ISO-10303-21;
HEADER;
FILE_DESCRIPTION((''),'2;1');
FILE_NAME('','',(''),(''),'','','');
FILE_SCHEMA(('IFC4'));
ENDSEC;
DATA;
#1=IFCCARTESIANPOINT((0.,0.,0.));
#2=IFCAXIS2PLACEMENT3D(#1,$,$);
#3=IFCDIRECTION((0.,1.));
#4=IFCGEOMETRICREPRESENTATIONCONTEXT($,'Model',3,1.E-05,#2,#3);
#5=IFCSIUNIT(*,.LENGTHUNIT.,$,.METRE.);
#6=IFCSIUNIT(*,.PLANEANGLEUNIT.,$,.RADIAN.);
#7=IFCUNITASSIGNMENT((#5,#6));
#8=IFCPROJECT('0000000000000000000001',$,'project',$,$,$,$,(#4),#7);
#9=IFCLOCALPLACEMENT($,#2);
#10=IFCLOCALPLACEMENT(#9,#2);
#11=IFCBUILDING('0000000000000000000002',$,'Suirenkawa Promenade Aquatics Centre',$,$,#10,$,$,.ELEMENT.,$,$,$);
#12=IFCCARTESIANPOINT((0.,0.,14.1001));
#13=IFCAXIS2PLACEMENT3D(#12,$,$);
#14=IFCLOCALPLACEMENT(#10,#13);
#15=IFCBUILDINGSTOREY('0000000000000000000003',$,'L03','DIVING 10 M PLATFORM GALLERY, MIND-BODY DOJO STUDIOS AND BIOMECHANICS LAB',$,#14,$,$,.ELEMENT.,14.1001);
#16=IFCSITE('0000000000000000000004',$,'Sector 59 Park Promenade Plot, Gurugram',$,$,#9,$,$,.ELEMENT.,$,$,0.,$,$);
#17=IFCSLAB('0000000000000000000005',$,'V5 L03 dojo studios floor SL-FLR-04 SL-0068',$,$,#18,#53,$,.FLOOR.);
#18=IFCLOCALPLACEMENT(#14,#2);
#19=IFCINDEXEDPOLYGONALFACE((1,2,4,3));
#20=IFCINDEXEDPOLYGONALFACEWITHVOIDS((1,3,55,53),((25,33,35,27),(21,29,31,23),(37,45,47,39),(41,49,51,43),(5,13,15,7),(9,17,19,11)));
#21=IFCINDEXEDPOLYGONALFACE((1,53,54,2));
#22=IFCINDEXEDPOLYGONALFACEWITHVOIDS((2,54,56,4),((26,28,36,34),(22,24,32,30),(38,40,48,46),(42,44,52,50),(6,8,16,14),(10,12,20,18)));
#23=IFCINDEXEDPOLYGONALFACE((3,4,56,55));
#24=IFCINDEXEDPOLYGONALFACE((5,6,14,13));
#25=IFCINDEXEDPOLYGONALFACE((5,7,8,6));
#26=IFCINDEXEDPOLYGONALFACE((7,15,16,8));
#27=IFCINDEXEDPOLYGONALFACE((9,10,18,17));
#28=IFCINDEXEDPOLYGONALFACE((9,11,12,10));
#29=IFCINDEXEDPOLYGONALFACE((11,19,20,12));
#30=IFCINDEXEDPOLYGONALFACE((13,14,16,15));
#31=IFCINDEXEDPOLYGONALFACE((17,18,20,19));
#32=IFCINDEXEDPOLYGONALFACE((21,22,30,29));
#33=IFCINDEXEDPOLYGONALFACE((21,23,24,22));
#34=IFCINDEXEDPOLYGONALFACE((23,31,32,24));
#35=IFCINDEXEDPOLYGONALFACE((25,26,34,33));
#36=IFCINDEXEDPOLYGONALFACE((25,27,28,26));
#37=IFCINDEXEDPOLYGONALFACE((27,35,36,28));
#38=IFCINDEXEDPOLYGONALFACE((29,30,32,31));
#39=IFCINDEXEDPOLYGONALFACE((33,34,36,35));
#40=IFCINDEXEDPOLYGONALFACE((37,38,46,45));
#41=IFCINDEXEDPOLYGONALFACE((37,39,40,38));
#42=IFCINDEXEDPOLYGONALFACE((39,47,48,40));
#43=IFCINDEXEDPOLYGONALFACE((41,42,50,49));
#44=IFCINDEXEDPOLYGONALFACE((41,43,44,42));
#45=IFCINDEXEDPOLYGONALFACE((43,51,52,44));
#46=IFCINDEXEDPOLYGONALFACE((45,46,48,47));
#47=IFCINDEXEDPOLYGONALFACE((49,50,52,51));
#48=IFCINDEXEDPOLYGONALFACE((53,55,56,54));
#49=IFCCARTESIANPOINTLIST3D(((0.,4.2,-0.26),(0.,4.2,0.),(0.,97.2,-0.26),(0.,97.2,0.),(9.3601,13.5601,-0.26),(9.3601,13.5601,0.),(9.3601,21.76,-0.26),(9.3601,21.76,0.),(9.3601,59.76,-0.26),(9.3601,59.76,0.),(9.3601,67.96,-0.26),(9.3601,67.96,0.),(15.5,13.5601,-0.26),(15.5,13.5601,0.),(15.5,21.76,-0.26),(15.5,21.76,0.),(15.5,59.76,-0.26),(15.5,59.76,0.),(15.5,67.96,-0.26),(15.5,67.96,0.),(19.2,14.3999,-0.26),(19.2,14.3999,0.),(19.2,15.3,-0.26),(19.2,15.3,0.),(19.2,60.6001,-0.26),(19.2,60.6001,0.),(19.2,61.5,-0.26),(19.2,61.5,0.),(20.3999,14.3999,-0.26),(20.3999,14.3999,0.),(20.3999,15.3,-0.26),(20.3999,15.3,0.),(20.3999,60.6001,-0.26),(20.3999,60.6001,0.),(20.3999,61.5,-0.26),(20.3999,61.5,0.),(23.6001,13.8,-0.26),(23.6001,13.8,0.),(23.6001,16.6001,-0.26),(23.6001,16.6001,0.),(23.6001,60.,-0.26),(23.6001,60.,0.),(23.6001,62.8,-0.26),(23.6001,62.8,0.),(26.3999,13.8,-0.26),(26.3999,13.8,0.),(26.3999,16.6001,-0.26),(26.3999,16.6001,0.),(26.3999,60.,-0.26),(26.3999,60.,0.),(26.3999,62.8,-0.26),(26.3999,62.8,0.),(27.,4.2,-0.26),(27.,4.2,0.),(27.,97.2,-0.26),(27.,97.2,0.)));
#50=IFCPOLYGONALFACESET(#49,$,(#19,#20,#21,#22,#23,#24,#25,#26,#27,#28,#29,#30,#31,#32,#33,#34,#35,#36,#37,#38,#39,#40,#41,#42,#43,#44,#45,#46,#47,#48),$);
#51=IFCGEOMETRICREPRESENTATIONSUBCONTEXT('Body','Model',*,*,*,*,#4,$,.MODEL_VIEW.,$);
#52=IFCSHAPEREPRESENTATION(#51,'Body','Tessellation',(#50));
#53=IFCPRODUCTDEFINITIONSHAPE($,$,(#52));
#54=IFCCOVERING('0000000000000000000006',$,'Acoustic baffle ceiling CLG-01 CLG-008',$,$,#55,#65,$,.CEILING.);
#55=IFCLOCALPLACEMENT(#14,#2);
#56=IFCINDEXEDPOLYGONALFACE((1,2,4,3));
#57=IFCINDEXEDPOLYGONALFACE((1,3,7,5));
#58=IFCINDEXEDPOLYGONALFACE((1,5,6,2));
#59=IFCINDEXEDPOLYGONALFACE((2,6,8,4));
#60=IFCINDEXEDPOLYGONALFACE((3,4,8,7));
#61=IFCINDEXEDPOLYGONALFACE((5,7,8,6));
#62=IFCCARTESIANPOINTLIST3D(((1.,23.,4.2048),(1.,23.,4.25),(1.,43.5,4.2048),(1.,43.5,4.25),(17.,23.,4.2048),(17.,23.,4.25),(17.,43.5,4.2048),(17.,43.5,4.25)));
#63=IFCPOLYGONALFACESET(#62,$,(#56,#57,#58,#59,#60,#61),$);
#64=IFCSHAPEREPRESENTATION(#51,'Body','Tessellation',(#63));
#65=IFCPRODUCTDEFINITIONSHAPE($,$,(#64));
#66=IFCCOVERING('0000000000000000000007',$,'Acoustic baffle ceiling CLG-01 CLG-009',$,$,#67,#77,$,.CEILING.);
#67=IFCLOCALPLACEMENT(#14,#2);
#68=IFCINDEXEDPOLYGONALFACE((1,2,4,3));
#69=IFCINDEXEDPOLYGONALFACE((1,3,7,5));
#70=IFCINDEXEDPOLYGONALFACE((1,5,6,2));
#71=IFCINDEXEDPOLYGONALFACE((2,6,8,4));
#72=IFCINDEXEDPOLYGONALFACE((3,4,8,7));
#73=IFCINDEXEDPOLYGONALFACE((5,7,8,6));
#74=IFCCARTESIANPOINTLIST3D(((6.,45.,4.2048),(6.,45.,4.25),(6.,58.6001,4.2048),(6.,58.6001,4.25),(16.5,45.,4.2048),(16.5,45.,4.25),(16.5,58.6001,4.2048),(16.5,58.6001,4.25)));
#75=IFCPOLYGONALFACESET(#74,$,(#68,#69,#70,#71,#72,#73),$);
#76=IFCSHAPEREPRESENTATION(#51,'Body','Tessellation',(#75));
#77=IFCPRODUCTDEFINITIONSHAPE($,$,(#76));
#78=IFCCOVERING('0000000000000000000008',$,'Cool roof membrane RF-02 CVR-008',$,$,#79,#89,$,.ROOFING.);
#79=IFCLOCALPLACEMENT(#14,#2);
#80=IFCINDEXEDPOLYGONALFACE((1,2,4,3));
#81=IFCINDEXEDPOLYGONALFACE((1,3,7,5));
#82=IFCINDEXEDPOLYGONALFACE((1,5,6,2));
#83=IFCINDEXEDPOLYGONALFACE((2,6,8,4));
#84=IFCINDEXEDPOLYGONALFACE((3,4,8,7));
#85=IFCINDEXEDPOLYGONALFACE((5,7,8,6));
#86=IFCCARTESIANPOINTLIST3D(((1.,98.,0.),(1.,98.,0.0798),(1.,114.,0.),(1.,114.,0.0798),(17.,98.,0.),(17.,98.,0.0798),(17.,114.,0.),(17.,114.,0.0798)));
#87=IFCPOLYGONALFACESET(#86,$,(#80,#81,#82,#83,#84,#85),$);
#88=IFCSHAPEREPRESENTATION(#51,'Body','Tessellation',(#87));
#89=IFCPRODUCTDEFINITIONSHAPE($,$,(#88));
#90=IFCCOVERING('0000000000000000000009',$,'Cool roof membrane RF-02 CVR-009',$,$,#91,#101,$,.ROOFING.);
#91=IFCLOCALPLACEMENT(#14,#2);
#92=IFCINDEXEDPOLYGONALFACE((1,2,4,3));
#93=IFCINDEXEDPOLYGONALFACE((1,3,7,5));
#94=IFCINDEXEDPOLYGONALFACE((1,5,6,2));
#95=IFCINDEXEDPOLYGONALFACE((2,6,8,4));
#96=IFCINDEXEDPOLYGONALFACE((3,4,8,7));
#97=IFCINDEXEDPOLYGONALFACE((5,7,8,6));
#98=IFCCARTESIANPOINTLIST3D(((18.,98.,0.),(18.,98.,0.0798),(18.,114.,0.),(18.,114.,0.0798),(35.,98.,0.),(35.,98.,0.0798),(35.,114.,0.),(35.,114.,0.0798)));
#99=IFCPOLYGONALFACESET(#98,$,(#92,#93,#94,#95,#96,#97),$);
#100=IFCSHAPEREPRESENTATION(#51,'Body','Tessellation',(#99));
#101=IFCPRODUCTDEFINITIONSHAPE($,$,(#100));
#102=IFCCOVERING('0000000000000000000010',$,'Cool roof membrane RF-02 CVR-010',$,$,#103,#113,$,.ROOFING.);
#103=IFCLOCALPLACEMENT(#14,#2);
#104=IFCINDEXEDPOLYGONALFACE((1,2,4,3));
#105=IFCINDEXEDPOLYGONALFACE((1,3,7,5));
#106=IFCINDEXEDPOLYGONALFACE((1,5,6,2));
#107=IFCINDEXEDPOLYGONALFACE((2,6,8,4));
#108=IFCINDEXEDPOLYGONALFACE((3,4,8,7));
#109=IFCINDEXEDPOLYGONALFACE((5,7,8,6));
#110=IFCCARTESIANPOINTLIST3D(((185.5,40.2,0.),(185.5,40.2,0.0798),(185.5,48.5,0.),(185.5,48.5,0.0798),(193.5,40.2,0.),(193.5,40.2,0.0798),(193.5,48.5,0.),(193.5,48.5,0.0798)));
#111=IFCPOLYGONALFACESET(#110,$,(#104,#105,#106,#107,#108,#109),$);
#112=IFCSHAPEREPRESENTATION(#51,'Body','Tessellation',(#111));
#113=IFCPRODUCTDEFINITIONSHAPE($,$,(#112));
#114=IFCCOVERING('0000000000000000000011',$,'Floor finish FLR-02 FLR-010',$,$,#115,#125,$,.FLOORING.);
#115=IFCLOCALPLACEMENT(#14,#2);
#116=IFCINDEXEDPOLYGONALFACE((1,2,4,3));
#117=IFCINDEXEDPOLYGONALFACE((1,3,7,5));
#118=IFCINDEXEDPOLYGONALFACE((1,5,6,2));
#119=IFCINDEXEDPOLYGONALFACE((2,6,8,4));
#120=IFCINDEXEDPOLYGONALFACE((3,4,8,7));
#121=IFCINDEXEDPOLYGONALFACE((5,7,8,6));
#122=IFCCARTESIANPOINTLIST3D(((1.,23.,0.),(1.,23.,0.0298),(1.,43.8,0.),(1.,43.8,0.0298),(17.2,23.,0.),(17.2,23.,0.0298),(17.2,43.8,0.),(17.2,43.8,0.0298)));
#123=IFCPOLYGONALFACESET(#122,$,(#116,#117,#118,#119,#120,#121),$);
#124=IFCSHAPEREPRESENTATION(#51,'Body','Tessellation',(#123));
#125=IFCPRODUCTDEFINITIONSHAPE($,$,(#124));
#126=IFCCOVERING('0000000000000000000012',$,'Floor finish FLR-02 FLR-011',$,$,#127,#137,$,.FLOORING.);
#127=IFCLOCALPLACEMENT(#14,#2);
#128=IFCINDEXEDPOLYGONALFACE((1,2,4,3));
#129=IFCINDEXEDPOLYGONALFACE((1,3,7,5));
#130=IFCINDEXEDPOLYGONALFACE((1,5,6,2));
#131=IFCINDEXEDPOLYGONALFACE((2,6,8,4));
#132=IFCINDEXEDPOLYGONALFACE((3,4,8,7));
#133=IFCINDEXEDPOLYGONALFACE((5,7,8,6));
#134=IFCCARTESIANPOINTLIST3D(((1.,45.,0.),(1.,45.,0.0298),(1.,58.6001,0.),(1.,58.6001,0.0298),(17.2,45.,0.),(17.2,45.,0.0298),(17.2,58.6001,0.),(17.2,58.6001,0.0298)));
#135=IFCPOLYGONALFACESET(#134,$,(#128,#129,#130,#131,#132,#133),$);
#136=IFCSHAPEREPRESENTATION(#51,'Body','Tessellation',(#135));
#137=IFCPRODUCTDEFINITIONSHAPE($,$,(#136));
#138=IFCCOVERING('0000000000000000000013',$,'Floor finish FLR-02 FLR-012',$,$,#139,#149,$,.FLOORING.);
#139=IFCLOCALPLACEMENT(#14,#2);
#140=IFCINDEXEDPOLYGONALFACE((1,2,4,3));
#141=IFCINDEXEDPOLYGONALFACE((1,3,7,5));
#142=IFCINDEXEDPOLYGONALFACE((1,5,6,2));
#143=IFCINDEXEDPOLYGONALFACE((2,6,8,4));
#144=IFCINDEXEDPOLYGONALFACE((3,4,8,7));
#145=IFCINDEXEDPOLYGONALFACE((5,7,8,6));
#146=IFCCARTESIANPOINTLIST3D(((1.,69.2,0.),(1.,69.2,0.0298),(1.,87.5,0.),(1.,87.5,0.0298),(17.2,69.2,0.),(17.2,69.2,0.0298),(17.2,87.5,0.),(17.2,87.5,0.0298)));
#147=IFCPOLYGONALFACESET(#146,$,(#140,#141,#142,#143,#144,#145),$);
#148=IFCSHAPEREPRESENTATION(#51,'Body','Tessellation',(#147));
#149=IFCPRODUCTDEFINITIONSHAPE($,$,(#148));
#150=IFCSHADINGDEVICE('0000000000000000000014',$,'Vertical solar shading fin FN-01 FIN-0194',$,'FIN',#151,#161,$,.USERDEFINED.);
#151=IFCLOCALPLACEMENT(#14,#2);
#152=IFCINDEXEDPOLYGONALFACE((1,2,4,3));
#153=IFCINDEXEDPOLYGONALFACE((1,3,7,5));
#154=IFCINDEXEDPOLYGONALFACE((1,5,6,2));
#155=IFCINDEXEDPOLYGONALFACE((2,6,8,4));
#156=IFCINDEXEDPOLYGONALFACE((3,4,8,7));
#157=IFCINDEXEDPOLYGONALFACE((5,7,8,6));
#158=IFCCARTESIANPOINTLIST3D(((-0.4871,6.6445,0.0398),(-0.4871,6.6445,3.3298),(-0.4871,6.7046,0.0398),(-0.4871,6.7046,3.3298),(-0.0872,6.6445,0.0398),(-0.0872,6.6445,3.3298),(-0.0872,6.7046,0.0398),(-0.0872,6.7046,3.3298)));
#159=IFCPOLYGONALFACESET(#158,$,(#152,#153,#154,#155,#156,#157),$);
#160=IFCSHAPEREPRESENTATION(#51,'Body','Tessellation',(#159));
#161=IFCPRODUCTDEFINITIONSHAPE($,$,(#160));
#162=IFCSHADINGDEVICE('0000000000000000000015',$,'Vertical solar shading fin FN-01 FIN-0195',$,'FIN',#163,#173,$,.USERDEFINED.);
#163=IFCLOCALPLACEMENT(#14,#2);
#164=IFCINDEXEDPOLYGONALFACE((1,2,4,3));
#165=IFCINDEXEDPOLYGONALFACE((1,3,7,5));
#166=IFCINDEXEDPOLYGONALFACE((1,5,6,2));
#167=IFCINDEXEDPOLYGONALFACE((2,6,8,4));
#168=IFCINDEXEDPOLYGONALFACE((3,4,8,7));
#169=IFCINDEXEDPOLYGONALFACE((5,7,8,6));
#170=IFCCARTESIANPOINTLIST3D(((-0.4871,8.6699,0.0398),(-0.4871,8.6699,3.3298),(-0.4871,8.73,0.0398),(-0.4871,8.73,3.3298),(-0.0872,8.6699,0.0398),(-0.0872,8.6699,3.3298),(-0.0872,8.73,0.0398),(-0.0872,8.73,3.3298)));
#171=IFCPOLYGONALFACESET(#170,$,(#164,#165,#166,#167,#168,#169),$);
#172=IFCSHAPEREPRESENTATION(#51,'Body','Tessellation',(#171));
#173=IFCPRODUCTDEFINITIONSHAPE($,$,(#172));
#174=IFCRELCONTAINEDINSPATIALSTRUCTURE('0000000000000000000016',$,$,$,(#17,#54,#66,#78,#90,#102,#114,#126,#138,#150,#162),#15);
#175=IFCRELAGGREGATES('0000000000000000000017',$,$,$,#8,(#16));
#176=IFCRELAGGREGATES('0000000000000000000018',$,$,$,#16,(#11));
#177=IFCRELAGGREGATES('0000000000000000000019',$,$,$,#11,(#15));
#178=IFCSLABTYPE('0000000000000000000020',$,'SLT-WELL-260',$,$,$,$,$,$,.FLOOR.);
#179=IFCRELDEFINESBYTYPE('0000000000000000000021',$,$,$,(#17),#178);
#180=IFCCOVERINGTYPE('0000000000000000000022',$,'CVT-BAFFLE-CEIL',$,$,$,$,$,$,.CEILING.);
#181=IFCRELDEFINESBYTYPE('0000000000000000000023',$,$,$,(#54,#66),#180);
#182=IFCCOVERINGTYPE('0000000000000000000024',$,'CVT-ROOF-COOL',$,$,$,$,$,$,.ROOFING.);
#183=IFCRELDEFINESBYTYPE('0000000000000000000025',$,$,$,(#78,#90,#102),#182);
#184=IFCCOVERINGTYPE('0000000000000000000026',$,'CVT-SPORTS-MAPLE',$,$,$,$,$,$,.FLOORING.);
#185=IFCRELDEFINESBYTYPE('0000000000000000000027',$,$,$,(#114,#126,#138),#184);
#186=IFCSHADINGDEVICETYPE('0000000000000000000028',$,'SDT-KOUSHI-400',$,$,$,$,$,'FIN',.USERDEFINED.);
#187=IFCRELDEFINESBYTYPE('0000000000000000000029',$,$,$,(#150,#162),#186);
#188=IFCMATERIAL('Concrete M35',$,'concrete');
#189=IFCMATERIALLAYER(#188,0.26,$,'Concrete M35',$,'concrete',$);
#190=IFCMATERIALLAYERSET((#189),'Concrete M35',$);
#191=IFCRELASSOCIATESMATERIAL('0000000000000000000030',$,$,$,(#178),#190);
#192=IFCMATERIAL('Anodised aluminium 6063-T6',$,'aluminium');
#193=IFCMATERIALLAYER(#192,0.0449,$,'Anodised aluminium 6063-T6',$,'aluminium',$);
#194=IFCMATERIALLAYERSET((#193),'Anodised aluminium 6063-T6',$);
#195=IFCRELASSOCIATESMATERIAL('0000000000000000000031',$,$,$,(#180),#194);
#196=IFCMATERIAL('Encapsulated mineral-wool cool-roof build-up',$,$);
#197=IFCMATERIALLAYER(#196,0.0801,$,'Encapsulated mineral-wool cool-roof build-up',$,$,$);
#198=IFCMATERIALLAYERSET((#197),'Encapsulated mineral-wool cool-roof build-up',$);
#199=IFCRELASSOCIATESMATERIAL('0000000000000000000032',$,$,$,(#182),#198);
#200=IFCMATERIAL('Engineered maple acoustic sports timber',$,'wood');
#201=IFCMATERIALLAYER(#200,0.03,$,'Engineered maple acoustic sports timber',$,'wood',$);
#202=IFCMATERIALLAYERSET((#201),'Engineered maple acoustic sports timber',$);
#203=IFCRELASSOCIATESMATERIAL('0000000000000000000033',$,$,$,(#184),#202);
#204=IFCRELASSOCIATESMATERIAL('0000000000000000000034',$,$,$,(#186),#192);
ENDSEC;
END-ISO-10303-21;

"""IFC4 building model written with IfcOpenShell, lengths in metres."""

from ifc_helpers import new_model, si_unit, direction, frame, origin, origin_2d, place, context, subcontext, project, spatial, polyline, rectangle, outline, extrude, material, layer, layer_set, type_object, element, save


model = new_model("IFC4")

# Units and contexts
model_context = context("Model", 3, precision=1e-05, world=origin(), true_north=direction((0.0, 1.0)))
body_context = subcontext(model_context, "Body", "Model", "MODEL_VIEW")
ifc_project = project(units=[si_unit("LENGTHUNIT", "METRE"), si_unit("PLANEANGLEUNIT", "RADIAN")], contexts=[model_context])

# Site, building, storey
site_placement = place(None, origin())
site = spatial("IfcSite", under=ifc_project, at=site_placement, Name="Sector 59 Park Promenade Plot, Gurugram", CompositionType="ELEMENT", RefElevation=0.0)
building_placement = place(site_placement, origin())
building = spatial("IfcBuilding", under=site, at=building_placement, Name="Suirenkawa Promenade Aquatics Centre", CompositionType="ELEMENT")
storey_placement = place(building_placement, frame((0.0, 0.0, 14.1001)))
storey = spatial("IfcBuildingStorey", under=building, at=storey_placement, Name="L03", Description="DIVING 10 M PLATFORM GALLERY, MIND-BODY DOJO STUDIOS AND BIOMECHANICS LAB", CompositionType="ELEMENT", Elevation=14.1001)

# Slab
ifc_material_1 = material(Name="Concrete M35", Category="concrete")
ifc_layer_1 = layer(ifc_material_1, 0.26, Name="Concrete M35", Category="concrete")
ifc_layer_set_1 = layer_set([ifc_layer_1], Name="Concrete M35")
slab_type_1 = type_object("IfcSlabType", Name="SLT-WELL-260", PredefinedType="FLOOR", material=ifc_layer_set_1)
slab_1_placement = place(storey_placement, frame((0.0, 0.0, -0.26)))
element("IfcSlab", 1, at=slab_1_placement, inside=storey, type_object=slab_type_1, Name="V5 L03 dojo studios floor SL-FLR-04 SL-0068", PredefinedType="FLOOR", context=body_context, shape_type="SweptSolid", body=[
    extrude(outline(polyline([(0.0, 4.2), (27.0, 4.2), (27.0, 97.2), (0.0, 97.2), (0.0, 4.2)]), holes=[polyline([(9.3601, 13.5601), (15.5, 13.5601), (15.5, 21.76), (9.3601, 21.76), (9.3601, 13.5601)]), polyline([(23.6001, 13.8), (26.3999, 13.8), (26.3999, 16.6001), (23.6001, 16.6001), (23.6001, 13.8)]), polyline([(9.3601, 59.76), (15.5, 59.76), (15.5, 67.96), (9.3601, 67.96), (9.3601, 59.76)]), polyline([(23.6001, 60.0), (26.3999, 60.0), (26.3999, 62.8), (23.6001, 62.8), (23.6001, 60.0)]), polyline([(19.2, 14.3999), (20.3999, 14.3999), (20.3999, 15.3), (19.2, 15.3), (19.2, 14.3999)]), polyline([(19.2, 60.6001), (20.3999, 60.6001), (20.3999, 61.5), (19.2, 61.5), (19.2, 60.6001)])]), origin(), (0.0, 0.0, 1.0), 0.26),
])

# Coverings
ifc_material_2 = material(Name="Anodised aluminium 6063-T6", Category="aluminium")
ifc_layer_2 = layer(ifc_material_2, 0.0449, Name="Anodised aluminium 6063-T6", Category="aluminium")
ifc_layer_set_2 = layer_set([ifc_layer_2], Name="Anodised aluminium 6063-T6")
covering_type_1 = type_object("IfcCoveringType", Name="CVT-BAFFLE-CEIL", PredefinedType="CEILING", material=ifc_layer_set_2)
covering_1_placement = place(storey_placement, frame((0.0, 0.0, 4.2048)))
element("IfcCovering", 2, at=covering_1_placement, inside=storey, type_object=covering_type_1, Name="Acoustic baffle ceiling CLG-01 CLG-008", PredefinedType="CEILING", context=body_context, shape_type="SweptSolid", body=[
    extrude(outline(polyline([(1.0, 23.0), (17.0, 23.0), (17.0, 43.5), (1.0, 43.5), (1.0, 23.0)])), origin(), (0.0, 0.0, 1.0), 0.0452),
])
covering_2_placement = place(storey_placement, frame((0.0, 0.0, 4.2048)))
element("IfcCovering", 3, at=covering_2_placement, inside=storey, type_object=covering_type_1, Name="Acoustic baffle ceiling CLG-01 CLG-009", PredefinedType="CEILING", context=body_context, shape_type="SweptSolid", body=[
    extrude(outline(polyline([(6.0, 45.0), (16.5, 45.0), (16.5, 58.6001), (6.0, 58.6001), (6.0, 45.0)])), origin(), (0.0, 0.0, 1.0), 0.0452),
])
ifc_material_3 = material(Name="Encapsulated mineral-wool cool-roof build-up")
ifc_layer_3 = layer(ifc_material_3, 0.0801, Name="Encapsulated mineral-wool cool-roof build-up")
ifc_layer_set_3 = layer_set([ifc_layer_3], Name="Encapsulated mineral-wool cool-roof build-up")
covering_type_2 = type_object("IfcCoveringType", Name="CVT-ROOF-COOL", PredefinedType="ROOFING", material=ifc_layer_set_3)
covering_3_placement = place(storey_placement, origin())
element("IfcCovering", 4, at=covering_3_placement, inside=storey, type_object=covering_type_2, Name="Cool roof membrane RF-02 CVR-008", PredefinedType="ROOFING", context=body_context, shape_type="SweptSolid", body=[
    extrude(outline(polyline([(1.0, 98.0), (17.0, 98.0), (17.0, 114.0), (1.0, 114.0), (1.0, 98.0)])), origin(), (0.0, 0.0, 1.0), 0.0798),
])
covering_4_placement = place(storey_placement, origin())
element("IfcCovering", 5, at=covering_4_placement, inside=storey, type_object=covering_type_2, Name="Cool roof membrane RF-02 CVR-009", PredefinedType="ROOFING", context=body_context, shape_type="SweptSolid", body=[
    extrude(outline(polyline([(18.0, 98.0), (35.0, 98.0), (35.0, 114.0), (18.0, 114.0), (18.0, 98.0)])), origin(), (0.0, 0.0, 1.0), 0.0798),
])
covering_5_placement = place(storey_placement, origin())
element("IfcCovering", 6, at=covering_5_placement, inside=storey, type_object=covering_type_2, Name="Cool roof membrane RF-02 CVR-010", PredefinedType="ROOFING", context=body_context, shape_type="SweptSolid", body=[
    extrude(outline(polyline([(185.5, 40.2), (193.5, 40.2), (193.5, 48.5), (185.5, 48.5), (185.5, 40.2)])), origin(), (0.0, 0.0, 1.0), 0.0798),
])
ifc_material_4 = material(Name="Engineered maple acoustic sports timber", Category="wood")
ifc_layer_4 = layer(ifc_material_4, 0.03, Name="Engineered maple acoustic sports timber", Category="wood")
ifc_layer_set_4 = layer_set([ifc_layer_4], Name="Engineered maple acoustic sports timber")
covering_type_3 = type_object("IfcCoveringType", Name="CVT-SPORTS-MAPLE", PredefinedType="FLOORING", material=ifc_layer_set_4)
covering_6_placement = place(storey_placement, origin())
element("IfcCovering", 7, at=covering_6_placement, inside=storey, type_object=covering_type_3, Name="Floor finish FLR-02 FLR-010", PredefinedType="FLOORING", context=body_context, shape_type="SweptSolid", body=[
    extrude(outline(polyline([(1.0, 23.0), (17.2, 23.0), (17.2, 43.8), (1.0, 43.8), (1.0, 23.0)])), origin(), (0.0, 0.0, 1.0), 0.0298),
])
covering_7_placement = place(storey_placement, origin())
element("IfcCovering", 8, at=covering_7_placement, inside=storey, type_object=covering_type_3, Name="Floor finish FLR-02 FLR-011", PredefinedType="FLOORING", context=body_context, shape_type="SweptSolid", body=[
    extrude(outline(polyline([(1.0, 45.0), (17.2, 45.0), (17.2, 58.6001), (1.0, 58.6001), (1.0, 45.0)])), origin(), (0.0, 0.0, 1.0), 0.0298),
])
covering_8_placement = place(storey_placement, origin())
element("IfcCovering", 9, at=covering_8_placement, inside=storey, type_object=covering_type_3, Name="Floor finish FLR-02 FLR-012", PredefinedType="FLOORING", context=body_context, shape_type="SweptSolid", body=[
    extrude(outline(polyline([(1.0, 69.2), (17.2, 69.2), (17.2, 87.5), (1.0, 87.5), (1.0, 69.2)])), origin(), (0.0, 0.0, 1.0), 0.0298),
])

# Shading devices
shading_device_type = type_object("IfcShadingDeviceType", Name="SDT-KOUSHI-400", ElementType="FIN", PredefinedType="USERDEFINED", material=ifc_material_2)
for number, where, z_axis, x_axis, name in (
    (10, (-0.2871, 6.6746, 0.0398), (0.0, 0.0, 1.0), (-1.0, 0.0, 0.0), "Vertical solar shading fin FN-01 FIN-0194"),
    (11, (-0.2871, 8.7, 0.0398), (0.0, 0.0, 1.0), (-1.0, 0.0, 0.0), "Vertical solar shading fin FN-01 FIN-0195"),
):
    element("IfcShadingDevice", number, at=place(storey_placement, frame(where, z_axis=z_axis, x_axis=x_axis)), inside=storey, type_object=shading_device_type, Name=name, ObjectType="FIN", PredefinedType="USERDEFINED", context=body_context, shape_type="SweptSolid", body=[
        extrude(rectangle(XDim=0.3999, YDim=0.0601, at=origin_2d()), origin(), (0.0, 0.0, 1.0), 3.29),
    ])

save(model, "model.ifc")
